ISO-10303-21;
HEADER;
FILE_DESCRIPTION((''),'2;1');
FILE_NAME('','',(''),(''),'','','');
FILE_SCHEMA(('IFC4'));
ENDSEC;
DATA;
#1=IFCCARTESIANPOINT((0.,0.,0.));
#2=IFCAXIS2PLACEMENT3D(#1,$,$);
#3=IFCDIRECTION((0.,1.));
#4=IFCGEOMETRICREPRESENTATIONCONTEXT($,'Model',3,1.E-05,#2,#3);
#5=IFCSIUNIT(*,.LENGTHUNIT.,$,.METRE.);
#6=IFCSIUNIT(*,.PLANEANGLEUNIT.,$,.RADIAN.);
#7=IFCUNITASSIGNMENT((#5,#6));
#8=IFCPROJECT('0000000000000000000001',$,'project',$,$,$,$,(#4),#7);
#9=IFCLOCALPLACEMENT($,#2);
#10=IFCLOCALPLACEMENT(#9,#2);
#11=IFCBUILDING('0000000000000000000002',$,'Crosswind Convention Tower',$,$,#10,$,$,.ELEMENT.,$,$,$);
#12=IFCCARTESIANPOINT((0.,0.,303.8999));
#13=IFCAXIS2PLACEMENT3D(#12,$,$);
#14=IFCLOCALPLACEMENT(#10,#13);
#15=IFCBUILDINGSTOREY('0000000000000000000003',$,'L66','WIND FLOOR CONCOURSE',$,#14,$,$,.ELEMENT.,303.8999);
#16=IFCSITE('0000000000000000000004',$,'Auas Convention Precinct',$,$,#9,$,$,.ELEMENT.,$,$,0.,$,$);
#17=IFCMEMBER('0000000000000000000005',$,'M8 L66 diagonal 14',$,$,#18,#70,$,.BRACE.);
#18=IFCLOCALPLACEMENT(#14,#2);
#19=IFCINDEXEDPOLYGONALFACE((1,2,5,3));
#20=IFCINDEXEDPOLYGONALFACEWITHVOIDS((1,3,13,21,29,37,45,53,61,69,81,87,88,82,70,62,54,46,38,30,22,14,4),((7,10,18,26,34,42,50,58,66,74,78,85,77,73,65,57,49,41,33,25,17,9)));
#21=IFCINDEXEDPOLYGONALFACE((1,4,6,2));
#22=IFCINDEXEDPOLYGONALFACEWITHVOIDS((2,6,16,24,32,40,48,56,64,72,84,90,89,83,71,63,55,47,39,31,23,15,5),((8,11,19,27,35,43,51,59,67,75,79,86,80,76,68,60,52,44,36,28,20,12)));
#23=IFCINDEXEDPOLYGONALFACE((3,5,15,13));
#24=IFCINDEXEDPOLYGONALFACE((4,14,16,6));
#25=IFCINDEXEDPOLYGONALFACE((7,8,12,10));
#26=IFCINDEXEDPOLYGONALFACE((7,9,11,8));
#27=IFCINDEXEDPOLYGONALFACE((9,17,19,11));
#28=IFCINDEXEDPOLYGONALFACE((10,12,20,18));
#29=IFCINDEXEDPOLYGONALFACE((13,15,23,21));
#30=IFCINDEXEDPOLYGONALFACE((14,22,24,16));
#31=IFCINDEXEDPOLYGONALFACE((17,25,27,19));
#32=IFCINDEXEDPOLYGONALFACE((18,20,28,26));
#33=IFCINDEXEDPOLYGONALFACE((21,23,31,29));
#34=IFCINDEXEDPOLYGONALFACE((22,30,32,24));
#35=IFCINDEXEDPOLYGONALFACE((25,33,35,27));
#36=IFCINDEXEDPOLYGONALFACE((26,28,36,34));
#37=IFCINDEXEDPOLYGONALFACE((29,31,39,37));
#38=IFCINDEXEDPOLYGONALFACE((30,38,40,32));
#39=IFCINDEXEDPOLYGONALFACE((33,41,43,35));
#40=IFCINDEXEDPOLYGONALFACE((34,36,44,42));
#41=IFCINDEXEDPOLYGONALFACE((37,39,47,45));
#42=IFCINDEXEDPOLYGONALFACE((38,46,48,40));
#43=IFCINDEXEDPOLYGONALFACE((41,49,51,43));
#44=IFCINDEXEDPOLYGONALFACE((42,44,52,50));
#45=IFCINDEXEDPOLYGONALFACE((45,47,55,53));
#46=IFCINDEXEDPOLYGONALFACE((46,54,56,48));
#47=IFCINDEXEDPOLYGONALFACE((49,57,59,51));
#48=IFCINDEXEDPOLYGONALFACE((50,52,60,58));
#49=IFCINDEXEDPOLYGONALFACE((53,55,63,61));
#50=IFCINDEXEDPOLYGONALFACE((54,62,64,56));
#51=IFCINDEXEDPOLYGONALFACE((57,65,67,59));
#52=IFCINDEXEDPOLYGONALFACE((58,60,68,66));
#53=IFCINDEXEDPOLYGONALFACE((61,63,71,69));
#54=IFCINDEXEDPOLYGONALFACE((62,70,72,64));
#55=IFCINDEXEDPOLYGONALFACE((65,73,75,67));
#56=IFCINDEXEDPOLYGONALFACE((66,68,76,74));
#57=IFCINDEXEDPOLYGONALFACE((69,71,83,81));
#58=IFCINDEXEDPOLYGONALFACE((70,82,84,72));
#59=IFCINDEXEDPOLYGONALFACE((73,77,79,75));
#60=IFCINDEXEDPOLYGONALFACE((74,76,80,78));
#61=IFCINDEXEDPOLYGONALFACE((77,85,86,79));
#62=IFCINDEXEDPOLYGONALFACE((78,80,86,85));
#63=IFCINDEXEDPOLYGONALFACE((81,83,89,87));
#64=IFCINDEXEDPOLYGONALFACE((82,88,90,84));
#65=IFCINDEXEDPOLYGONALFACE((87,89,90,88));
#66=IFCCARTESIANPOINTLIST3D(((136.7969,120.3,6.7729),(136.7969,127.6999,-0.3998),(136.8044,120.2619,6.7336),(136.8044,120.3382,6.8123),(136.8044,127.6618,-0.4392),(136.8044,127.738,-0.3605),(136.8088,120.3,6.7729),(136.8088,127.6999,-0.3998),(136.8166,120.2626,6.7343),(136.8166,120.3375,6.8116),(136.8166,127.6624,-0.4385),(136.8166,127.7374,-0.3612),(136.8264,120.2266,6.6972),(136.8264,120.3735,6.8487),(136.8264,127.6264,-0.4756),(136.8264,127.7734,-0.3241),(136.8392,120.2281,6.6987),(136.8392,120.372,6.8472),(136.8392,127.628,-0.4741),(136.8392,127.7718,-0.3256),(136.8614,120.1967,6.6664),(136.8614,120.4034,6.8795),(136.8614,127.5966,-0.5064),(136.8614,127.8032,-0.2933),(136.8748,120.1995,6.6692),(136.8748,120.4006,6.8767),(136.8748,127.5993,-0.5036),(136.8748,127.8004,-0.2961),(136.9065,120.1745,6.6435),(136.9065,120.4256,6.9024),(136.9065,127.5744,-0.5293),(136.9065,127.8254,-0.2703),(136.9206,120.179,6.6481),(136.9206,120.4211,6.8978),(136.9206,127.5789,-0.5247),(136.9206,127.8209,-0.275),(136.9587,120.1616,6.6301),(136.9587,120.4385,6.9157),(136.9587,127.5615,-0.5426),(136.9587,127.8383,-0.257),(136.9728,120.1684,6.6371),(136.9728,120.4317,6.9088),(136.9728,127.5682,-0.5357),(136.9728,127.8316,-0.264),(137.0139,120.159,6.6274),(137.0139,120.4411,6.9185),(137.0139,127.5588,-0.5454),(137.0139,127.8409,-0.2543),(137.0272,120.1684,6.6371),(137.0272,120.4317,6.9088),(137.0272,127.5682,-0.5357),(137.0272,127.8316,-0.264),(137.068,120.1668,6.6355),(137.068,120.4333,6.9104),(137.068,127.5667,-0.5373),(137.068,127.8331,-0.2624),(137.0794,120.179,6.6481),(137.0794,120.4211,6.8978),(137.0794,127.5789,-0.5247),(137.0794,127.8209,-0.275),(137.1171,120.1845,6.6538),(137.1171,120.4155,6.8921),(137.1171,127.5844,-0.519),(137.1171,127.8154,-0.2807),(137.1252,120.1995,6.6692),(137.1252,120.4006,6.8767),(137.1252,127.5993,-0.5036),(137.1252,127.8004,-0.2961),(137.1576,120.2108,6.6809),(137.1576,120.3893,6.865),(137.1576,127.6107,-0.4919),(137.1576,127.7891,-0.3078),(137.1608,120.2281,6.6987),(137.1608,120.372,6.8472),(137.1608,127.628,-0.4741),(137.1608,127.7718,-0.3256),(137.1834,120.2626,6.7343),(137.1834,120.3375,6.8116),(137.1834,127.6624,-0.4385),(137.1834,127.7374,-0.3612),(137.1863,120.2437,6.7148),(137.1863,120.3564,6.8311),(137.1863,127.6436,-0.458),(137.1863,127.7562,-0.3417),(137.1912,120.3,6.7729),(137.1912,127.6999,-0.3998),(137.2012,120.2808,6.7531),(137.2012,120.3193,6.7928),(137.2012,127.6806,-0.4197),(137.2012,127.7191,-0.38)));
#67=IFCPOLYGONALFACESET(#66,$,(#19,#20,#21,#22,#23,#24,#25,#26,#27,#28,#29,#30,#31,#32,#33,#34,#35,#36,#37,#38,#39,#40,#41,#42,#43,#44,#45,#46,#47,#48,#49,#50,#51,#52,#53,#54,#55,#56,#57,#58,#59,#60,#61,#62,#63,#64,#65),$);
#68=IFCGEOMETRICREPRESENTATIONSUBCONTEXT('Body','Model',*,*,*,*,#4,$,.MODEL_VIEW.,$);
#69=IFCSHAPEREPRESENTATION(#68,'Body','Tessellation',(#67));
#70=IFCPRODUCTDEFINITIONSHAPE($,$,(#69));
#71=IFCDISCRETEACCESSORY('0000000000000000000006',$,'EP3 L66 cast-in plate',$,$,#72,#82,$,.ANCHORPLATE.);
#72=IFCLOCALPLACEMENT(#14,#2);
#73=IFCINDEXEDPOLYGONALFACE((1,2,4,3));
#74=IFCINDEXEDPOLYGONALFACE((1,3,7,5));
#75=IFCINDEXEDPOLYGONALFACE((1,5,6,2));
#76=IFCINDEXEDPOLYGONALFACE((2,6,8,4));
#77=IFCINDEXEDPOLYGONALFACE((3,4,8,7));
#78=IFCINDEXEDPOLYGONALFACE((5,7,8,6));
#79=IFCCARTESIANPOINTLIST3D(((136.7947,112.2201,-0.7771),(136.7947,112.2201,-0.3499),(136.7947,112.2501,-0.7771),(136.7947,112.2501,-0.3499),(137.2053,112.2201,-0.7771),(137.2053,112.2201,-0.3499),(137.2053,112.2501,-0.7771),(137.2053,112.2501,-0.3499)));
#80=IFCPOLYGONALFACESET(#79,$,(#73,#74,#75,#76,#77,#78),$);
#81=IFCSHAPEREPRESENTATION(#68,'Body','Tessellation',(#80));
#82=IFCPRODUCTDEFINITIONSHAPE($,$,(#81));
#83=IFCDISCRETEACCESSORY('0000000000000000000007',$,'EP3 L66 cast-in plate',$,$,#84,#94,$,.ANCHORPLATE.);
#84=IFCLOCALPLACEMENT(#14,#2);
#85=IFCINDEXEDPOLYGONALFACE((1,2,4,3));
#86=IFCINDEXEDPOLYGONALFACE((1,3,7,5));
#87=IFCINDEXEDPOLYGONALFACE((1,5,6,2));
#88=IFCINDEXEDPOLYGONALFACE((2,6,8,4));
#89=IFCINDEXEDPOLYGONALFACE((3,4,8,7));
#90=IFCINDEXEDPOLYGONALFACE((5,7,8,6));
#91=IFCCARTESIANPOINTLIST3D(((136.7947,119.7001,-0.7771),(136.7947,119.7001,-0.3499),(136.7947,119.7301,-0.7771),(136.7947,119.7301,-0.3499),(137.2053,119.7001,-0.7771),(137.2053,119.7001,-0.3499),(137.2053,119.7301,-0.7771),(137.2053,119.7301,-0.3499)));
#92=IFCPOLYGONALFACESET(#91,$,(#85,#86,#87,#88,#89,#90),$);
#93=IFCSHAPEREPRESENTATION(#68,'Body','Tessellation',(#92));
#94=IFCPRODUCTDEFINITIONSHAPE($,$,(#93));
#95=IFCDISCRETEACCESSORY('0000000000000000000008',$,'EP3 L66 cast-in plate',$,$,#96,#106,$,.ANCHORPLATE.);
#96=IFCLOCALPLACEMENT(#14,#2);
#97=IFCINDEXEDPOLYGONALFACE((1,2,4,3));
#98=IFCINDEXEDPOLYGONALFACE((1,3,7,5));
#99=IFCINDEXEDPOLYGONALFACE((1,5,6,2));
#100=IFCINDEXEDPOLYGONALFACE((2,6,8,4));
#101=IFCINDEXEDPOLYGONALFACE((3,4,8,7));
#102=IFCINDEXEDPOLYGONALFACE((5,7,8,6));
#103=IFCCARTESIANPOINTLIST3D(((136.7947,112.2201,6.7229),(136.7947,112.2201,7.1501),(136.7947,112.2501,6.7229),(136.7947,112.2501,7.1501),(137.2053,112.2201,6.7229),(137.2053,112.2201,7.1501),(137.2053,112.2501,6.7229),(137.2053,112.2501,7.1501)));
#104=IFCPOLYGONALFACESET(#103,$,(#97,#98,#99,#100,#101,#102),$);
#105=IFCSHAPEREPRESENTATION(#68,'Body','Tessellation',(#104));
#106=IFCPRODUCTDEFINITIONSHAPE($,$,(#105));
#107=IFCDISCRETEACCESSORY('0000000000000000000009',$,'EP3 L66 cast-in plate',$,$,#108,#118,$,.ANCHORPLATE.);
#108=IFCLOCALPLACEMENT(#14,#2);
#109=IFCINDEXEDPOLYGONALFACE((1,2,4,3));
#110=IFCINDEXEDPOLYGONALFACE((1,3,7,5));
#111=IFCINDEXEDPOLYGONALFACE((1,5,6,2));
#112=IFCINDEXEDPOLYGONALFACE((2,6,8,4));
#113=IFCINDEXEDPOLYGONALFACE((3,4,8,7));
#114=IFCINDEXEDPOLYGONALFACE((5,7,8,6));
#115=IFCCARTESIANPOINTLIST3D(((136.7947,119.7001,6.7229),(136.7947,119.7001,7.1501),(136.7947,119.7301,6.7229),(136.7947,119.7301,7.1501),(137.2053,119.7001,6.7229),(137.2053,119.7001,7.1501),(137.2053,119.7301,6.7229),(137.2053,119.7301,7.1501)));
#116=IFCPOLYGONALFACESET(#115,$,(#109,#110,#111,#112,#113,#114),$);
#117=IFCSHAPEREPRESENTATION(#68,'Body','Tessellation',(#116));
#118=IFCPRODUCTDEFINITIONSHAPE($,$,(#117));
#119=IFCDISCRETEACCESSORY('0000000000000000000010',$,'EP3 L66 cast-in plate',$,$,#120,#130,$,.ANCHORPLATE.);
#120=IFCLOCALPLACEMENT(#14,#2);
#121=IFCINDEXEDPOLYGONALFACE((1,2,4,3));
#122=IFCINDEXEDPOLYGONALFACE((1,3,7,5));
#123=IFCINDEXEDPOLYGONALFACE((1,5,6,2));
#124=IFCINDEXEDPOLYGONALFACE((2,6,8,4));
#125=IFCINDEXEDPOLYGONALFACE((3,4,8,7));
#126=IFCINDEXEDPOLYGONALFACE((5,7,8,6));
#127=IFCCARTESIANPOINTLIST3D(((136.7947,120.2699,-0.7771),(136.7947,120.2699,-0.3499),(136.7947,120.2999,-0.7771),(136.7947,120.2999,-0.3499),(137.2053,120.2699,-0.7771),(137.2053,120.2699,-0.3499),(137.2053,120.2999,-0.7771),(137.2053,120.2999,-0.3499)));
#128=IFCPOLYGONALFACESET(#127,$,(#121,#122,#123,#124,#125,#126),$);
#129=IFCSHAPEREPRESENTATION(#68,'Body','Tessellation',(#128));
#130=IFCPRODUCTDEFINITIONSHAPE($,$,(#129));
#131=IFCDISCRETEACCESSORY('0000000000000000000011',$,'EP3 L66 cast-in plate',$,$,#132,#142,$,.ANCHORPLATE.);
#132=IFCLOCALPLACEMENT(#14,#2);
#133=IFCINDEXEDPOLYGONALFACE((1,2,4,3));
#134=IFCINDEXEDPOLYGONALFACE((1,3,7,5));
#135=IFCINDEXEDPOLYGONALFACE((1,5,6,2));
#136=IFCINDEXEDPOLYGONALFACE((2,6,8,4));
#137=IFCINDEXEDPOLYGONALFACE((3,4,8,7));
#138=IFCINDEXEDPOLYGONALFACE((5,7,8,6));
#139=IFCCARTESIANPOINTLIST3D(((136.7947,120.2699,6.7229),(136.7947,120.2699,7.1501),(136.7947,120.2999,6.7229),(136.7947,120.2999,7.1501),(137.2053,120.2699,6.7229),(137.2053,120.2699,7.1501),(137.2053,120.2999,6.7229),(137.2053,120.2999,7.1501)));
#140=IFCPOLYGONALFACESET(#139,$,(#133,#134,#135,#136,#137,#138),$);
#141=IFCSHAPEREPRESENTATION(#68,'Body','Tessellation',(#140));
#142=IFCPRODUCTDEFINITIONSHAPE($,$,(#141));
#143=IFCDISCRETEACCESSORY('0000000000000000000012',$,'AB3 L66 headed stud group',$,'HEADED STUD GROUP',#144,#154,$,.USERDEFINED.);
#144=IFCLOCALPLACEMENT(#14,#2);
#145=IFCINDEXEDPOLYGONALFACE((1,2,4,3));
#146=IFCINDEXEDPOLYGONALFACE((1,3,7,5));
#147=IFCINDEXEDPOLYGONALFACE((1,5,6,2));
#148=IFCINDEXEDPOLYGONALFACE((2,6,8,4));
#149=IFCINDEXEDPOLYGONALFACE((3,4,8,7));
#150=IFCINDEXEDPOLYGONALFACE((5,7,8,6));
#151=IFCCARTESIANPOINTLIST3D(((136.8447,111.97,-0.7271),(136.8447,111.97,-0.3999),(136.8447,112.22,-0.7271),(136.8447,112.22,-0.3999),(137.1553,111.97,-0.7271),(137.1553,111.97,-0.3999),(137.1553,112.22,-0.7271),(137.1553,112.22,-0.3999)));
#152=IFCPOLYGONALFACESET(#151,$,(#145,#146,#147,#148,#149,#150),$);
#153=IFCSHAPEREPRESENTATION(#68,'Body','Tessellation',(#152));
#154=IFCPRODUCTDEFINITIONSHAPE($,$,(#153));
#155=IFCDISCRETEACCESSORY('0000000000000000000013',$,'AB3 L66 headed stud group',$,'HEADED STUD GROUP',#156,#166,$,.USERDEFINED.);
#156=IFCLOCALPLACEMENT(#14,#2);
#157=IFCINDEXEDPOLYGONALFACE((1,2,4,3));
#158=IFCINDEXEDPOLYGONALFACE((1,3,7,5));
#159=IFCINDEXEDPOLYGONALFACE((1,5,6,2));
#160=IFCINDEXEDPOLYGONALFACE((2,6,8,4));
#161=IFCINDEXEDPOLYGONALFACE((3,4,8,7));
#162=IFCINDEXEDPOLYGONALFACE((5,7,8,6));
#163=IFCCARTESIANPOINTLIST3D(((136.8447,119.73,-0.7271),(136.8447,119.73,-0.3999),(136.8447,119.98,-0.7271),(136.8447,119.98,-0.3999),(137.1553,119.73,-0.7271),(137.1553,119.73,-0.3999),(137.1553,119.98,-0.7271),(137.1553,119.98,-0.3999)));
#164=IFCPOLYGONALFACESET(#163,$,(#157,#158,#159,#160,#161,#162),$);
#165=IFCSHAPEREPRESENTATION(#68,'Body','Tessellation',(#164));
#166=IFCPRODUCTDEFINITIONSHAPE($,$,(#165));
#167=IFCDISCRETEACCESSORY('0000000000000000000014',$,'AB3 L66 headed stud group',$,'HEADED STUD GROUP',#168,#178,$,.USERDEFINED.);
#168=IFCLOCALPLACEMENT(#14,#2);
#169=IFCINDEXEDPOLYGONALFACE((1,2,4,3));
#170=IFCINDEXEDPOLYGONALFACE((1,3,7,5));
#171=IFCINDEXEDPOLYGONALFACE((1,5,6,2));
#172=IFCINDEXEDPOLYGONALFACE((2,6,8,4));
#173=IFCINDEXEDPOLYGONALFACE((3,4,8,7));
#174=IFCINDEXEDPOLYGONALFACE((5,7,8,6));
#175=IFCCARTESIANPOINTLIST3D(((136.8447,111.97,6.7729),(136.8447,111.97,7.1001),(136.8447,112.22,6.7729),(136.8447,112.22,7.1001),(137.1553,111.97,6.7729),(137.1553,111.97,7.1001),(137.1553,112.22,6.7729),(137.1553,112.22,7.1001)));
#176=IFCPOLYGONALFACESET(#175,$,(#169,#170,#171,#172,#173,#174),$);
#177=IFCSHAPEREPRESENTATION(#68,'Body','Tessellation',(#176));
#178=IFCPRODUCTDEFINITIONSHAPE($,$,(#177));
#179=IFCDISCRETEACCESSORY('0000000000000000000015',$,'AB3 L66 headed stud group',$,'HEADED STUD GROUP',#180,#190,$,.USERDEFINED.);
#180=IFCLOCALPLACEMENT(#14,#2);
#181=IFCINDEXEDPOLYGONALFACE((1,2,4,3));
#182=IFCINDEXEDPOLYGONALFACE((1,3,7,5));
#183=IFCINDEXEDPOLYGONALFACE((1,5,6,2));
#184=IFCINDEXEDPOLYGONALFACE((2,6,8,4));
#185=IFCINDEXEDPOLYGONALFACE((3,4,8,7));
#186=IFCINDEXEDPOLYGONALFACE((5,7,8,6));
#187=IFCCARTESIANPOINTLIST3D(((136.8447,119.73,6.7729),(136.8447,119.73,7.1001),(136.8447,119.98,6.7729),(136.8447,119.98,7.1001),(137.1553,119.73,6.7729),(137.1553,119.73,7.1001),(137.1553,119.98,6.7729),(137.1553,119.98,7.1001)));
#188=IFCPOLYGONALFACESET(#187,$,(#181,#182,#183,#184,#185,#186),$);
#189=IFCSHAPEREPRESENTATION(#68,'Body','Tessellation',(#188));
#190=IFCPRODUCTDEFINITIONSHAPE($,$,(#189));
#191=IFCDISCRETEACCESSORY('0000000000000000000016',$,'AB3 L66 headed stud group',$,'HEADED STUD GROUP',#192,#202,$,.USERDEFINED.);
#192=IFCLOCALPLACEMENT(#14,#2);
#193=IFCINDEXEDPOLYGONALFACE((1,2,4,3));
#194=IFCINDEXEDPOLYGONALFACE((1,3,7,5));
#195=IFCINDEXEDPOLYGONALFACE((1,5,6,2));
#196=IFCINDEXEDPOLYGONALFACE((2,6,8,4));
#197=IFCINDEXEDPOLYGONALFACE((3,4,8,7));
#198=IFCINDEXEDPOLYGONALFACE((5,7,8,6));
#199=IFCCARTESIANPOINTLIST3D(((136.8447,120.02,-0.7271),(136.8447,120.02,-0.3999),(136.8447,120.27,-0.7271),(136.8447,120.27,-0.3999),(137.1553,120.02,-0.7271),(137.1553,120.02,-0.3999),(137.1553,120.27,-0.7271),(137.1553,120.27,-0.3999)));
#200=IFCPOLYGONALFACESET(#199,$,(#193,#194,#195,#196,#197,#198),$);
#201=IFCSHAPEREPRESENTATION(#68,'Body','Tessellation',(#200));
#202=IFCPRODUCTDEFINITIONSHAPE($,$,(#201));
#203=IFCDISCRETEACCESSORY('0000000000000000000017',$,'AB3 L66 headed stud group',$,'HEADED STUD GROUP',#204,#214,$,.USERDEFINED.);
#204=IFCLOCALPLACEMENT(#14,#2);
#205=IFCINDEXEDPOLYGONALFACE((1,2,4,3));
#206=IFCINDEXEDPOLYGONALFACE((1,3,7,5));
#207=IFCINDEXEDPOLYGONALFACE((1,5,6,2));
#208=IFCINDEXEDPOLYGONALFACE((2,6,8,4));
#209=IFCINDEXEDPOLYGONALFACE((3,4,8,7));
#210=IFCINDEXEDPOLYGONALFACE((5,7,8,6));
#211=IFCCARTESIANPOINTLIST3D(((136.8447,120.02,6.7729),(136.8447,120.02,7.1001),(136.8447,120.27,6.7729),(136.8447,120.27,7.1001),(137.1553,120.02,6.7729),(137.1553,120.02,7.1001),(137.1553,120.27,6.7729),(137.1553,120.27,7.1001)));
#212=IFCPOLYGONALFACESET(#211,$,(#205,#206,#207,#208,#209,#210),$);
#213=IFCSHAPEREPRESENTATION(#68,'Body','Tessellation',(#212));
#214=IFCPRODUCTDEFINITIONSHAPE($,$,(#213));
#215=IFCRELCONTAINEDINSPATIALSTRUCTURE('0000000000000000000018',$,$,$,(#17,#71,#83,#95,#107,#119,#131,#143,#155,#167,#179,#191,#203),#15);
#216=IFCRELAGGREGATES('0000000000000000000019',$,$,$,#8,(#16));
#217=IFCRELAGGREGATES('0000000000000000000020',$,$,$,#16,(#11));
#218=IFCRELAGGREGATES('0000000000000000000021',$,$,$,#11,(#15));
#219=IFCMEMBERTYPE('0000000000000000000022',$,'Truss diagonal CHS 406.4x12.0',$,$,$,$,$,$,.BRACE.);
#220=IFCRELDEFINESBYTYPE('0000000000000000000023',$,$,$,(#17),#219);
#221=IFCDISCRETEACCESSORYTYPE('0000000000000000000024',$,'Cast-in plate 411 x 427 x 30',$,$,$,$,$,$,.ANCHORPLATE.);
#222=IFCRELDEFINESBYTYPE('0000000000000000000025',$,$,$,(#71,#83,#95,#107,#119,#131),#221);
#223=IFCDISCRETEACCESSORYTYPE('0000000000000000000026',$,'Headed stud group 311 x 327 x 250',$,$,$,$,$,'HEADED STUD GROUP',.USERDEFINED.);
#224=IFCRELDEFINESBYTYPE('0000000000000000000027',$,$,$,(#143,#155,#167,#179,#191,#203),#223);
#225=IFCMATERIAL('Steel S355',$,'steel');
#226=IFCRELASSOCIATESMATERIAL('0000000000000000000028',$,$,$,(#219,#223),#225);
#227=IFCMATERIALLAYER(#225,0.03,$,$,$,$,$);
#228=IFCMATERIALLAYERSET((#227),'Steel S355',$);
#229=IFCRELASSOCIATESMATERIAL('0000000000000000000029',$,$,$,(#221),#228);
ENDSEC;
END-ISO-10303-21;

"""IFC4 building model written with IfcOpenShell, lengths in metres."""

from ifc_helpers import new_model, si_unit, direction, frame, origin, origin_2d, place, context, subcontext, project, spatial, rectangle, hollow_circle, extrude, material, layer, layer_set, material_profile, profile_set, type_object, element, save


model = new_model("IFC4")

# Units and contexts
model_context = context("Model", 3, precision=1e-05, world=origin(), true_north=direction((0.0, 1.0)))
body_context = subcontext(model_context, "Body", "Model", "MODEL_VIEW")
ifc_project = project(units=[si_unit("LENGTHUNIT", "METRE"), si_unit("PLANEANGLEUNIT", "RADIAN")], contexts=[model_context])

# Site, building, storey
site_placement = place(None, origin())
site = spatial("IfcSite", under=ifc_project, at=site_placement, Name="Auas Convention Precinct", CompositionType="ELEMENT", RefElevation=0.0)
building_placement = place(site_placement, origin())
building = spatial("IfcBuilding", under=site, at=building_placement, Name="Crosswind Convention Tower", CompositionType="ELEMENT")
storey_placement = place(building_placement, frame((0.0, 0.0, 303.8999)))
storey = spatial("IfcBuildingStorey", under=building, at=storey_placement, Name="L66", Description="WIND FLOOR CONCOURSE", CompositionType="ELEMENT", Elevation=303.8999)

# Shared definitions
ifc_material_1 = material(Name="Steel S355", Category="steel")

# Member
ifc_material_profile_1 = material_profile(ifc_material_1, hollow_circle(Radius=0.2031, WallThickness=0.012, at=origin_2d()), Name="CHS 406.4x12.0")
ifc_profile_set_1 = profile_set([ifc_material_profile_1], Name="Steel S355")
member_type_1 = type_object("IfcMemberType", Name="Truss diagonal CHS 406.4x12.0", PredefinedType="BRACE", material=ifc_profile_set_1)
member_1_placement = place(storey_placement, frame((137.0, 120.3, 6.7729), z_axis=(0.0, 0.718037, -0.696005), x_axis=(-1.0, 0.0, 0.0)))
element("IfcMember", 1, at=member_1_placement, inside=storey, type_object=member_type_1, Name="M8 L66 diagonal 14", PredefinedType="BRACE", context=body_context, shape_type="SweptSolid", body=[
    extrude(hollow_circle(Radius=0.2031, WallThickness=0.012, at=origin_2d()), origin(), (0.0, 0.0, 1.0), 10.3057),
])

# Discrete accessories
ifc_layer = layer(ifc_material_1, 0.03)
ifc_layer_set = layer_set([ifc_layer], Name="Steel S355")
discrete_accessory_type_1 = type_object("IfcDiscreteAccessoryType", Name="Cast-in plate 411 x 427 x 30", PredefinedType="ANCHORPLATE", material=ifc_layer_set)
for number, where, z_axis, x_axis, name in (
    (2, (137.0, 112.2351, -0.7771), (0.0, 0.0, 1.0), (1.0, 0.0, 0.0), "EP3 L66 cast-in plate"),
    (3, (137.0, 119.7151, -0.7771), (0.0, 0.0, 1.0), (1.0, 0.0, 0.0), "EP3 L66 cast-in plate"),
    (4, (137.0, 112.2351, 6.7229), (0.0, 0.0, 1.0), (1.0, 0.0, 0.0), "EP3 L66 cast-in plate"),
    (5, (137.0, 119.7151, 6.7229), (0.0, 0.0, 1.0), (1.0, 0.0, 0.0), "EP3 L66 cast-in plate"),
    (6, (137.0, 120.2849, -0.7771), (0.0, 0.0, 1.0), (1.0, 0.0, 0.0), "EP3 L66 cast-in plate"),
    (7, (137.0, 120.2849, 6.7229), (0.0, 0.0, 1.0), (1.0, 0.0, 0.0), "EP3 L66 cast-in plate"),
):
    element("IfcDiscreteAccessory", number, at=place(storey_placement, frame(where, z_axis=z_axis, x_axis=x_axis)), inside=storey, type_object=discrete_accessory_type_1, Name=name, PredefinedType="ANCHORPLATE", context=body_context, shape_type="SweptSolid", body=[
        extrude(rectangle(XDim=0.4106, YDim=0.03, at=origin_2d()), origin(), (0.0, 0.0, 1.0), 0.4272),
    ])
discrete_accessory_type_2 = type_object("IfcDiscreteAccessoryType", Name="Headed stud group 311 x 327 x 250", ElementType="HEADED STUD GROUP", PredefinedType="USERDEFINED", material=ifc_material_1)
for number, where, z_axis, x_axis, name in (
    (8, (137.0, 112.095, -0.7271), (0.0, 0.0, 1.0), (1.0, 0.0, 0.0), "AB3 L66 headed stud group"),
    (9, (137.0, 119.855, -0.7271), (0.0, 0.0, 1.0), (1.0, 0.0, 0.0), "AB3 L66 headed stud group"),
    (10, (137.0, 112.095, 6.7729), (0.0, 0.0, 1.0), (1.0, 0.0, 0.0), "AB3 L66 headed stud group"),
    (11, (137.0, 119.855, 6.7729), (0.0, 0.0, 1.0), (1.0, 0.0, 0.0), "AB3 L66 headed stud group"),
    (12, (137.0, 120.145, -0.7271), (0.0, 0.0, 1.0), (1.0, 0.0, 0.0), "AB3 L66 headed stud group"),
    (13, (137.0, 120.145, 6.7729), (0.0, 0.0, 1.0), (1.0, 0.0, 0.0), "AB3 L66 headed stud group"),
):
    element("IfcDiscreteAccessory", number, at=place(storey_placement, frame(where, z_axis=z_axis, x_axis=x_axis)), inside=storey, type_object=discrete_accessory_type_2, Name=name, ObjectType="HEADED STUD GROUP", PredefinedType="USERDEFINED", context=body_context, shape_type="SweptSolid", body=[
        extrude(rectangle(XDim=0.3105, YDim=0.25, at=origin_2d()), origin(), (0.0, 0.0, 1.0), 0.3271),
    ])

save(model, "model.ifc")
